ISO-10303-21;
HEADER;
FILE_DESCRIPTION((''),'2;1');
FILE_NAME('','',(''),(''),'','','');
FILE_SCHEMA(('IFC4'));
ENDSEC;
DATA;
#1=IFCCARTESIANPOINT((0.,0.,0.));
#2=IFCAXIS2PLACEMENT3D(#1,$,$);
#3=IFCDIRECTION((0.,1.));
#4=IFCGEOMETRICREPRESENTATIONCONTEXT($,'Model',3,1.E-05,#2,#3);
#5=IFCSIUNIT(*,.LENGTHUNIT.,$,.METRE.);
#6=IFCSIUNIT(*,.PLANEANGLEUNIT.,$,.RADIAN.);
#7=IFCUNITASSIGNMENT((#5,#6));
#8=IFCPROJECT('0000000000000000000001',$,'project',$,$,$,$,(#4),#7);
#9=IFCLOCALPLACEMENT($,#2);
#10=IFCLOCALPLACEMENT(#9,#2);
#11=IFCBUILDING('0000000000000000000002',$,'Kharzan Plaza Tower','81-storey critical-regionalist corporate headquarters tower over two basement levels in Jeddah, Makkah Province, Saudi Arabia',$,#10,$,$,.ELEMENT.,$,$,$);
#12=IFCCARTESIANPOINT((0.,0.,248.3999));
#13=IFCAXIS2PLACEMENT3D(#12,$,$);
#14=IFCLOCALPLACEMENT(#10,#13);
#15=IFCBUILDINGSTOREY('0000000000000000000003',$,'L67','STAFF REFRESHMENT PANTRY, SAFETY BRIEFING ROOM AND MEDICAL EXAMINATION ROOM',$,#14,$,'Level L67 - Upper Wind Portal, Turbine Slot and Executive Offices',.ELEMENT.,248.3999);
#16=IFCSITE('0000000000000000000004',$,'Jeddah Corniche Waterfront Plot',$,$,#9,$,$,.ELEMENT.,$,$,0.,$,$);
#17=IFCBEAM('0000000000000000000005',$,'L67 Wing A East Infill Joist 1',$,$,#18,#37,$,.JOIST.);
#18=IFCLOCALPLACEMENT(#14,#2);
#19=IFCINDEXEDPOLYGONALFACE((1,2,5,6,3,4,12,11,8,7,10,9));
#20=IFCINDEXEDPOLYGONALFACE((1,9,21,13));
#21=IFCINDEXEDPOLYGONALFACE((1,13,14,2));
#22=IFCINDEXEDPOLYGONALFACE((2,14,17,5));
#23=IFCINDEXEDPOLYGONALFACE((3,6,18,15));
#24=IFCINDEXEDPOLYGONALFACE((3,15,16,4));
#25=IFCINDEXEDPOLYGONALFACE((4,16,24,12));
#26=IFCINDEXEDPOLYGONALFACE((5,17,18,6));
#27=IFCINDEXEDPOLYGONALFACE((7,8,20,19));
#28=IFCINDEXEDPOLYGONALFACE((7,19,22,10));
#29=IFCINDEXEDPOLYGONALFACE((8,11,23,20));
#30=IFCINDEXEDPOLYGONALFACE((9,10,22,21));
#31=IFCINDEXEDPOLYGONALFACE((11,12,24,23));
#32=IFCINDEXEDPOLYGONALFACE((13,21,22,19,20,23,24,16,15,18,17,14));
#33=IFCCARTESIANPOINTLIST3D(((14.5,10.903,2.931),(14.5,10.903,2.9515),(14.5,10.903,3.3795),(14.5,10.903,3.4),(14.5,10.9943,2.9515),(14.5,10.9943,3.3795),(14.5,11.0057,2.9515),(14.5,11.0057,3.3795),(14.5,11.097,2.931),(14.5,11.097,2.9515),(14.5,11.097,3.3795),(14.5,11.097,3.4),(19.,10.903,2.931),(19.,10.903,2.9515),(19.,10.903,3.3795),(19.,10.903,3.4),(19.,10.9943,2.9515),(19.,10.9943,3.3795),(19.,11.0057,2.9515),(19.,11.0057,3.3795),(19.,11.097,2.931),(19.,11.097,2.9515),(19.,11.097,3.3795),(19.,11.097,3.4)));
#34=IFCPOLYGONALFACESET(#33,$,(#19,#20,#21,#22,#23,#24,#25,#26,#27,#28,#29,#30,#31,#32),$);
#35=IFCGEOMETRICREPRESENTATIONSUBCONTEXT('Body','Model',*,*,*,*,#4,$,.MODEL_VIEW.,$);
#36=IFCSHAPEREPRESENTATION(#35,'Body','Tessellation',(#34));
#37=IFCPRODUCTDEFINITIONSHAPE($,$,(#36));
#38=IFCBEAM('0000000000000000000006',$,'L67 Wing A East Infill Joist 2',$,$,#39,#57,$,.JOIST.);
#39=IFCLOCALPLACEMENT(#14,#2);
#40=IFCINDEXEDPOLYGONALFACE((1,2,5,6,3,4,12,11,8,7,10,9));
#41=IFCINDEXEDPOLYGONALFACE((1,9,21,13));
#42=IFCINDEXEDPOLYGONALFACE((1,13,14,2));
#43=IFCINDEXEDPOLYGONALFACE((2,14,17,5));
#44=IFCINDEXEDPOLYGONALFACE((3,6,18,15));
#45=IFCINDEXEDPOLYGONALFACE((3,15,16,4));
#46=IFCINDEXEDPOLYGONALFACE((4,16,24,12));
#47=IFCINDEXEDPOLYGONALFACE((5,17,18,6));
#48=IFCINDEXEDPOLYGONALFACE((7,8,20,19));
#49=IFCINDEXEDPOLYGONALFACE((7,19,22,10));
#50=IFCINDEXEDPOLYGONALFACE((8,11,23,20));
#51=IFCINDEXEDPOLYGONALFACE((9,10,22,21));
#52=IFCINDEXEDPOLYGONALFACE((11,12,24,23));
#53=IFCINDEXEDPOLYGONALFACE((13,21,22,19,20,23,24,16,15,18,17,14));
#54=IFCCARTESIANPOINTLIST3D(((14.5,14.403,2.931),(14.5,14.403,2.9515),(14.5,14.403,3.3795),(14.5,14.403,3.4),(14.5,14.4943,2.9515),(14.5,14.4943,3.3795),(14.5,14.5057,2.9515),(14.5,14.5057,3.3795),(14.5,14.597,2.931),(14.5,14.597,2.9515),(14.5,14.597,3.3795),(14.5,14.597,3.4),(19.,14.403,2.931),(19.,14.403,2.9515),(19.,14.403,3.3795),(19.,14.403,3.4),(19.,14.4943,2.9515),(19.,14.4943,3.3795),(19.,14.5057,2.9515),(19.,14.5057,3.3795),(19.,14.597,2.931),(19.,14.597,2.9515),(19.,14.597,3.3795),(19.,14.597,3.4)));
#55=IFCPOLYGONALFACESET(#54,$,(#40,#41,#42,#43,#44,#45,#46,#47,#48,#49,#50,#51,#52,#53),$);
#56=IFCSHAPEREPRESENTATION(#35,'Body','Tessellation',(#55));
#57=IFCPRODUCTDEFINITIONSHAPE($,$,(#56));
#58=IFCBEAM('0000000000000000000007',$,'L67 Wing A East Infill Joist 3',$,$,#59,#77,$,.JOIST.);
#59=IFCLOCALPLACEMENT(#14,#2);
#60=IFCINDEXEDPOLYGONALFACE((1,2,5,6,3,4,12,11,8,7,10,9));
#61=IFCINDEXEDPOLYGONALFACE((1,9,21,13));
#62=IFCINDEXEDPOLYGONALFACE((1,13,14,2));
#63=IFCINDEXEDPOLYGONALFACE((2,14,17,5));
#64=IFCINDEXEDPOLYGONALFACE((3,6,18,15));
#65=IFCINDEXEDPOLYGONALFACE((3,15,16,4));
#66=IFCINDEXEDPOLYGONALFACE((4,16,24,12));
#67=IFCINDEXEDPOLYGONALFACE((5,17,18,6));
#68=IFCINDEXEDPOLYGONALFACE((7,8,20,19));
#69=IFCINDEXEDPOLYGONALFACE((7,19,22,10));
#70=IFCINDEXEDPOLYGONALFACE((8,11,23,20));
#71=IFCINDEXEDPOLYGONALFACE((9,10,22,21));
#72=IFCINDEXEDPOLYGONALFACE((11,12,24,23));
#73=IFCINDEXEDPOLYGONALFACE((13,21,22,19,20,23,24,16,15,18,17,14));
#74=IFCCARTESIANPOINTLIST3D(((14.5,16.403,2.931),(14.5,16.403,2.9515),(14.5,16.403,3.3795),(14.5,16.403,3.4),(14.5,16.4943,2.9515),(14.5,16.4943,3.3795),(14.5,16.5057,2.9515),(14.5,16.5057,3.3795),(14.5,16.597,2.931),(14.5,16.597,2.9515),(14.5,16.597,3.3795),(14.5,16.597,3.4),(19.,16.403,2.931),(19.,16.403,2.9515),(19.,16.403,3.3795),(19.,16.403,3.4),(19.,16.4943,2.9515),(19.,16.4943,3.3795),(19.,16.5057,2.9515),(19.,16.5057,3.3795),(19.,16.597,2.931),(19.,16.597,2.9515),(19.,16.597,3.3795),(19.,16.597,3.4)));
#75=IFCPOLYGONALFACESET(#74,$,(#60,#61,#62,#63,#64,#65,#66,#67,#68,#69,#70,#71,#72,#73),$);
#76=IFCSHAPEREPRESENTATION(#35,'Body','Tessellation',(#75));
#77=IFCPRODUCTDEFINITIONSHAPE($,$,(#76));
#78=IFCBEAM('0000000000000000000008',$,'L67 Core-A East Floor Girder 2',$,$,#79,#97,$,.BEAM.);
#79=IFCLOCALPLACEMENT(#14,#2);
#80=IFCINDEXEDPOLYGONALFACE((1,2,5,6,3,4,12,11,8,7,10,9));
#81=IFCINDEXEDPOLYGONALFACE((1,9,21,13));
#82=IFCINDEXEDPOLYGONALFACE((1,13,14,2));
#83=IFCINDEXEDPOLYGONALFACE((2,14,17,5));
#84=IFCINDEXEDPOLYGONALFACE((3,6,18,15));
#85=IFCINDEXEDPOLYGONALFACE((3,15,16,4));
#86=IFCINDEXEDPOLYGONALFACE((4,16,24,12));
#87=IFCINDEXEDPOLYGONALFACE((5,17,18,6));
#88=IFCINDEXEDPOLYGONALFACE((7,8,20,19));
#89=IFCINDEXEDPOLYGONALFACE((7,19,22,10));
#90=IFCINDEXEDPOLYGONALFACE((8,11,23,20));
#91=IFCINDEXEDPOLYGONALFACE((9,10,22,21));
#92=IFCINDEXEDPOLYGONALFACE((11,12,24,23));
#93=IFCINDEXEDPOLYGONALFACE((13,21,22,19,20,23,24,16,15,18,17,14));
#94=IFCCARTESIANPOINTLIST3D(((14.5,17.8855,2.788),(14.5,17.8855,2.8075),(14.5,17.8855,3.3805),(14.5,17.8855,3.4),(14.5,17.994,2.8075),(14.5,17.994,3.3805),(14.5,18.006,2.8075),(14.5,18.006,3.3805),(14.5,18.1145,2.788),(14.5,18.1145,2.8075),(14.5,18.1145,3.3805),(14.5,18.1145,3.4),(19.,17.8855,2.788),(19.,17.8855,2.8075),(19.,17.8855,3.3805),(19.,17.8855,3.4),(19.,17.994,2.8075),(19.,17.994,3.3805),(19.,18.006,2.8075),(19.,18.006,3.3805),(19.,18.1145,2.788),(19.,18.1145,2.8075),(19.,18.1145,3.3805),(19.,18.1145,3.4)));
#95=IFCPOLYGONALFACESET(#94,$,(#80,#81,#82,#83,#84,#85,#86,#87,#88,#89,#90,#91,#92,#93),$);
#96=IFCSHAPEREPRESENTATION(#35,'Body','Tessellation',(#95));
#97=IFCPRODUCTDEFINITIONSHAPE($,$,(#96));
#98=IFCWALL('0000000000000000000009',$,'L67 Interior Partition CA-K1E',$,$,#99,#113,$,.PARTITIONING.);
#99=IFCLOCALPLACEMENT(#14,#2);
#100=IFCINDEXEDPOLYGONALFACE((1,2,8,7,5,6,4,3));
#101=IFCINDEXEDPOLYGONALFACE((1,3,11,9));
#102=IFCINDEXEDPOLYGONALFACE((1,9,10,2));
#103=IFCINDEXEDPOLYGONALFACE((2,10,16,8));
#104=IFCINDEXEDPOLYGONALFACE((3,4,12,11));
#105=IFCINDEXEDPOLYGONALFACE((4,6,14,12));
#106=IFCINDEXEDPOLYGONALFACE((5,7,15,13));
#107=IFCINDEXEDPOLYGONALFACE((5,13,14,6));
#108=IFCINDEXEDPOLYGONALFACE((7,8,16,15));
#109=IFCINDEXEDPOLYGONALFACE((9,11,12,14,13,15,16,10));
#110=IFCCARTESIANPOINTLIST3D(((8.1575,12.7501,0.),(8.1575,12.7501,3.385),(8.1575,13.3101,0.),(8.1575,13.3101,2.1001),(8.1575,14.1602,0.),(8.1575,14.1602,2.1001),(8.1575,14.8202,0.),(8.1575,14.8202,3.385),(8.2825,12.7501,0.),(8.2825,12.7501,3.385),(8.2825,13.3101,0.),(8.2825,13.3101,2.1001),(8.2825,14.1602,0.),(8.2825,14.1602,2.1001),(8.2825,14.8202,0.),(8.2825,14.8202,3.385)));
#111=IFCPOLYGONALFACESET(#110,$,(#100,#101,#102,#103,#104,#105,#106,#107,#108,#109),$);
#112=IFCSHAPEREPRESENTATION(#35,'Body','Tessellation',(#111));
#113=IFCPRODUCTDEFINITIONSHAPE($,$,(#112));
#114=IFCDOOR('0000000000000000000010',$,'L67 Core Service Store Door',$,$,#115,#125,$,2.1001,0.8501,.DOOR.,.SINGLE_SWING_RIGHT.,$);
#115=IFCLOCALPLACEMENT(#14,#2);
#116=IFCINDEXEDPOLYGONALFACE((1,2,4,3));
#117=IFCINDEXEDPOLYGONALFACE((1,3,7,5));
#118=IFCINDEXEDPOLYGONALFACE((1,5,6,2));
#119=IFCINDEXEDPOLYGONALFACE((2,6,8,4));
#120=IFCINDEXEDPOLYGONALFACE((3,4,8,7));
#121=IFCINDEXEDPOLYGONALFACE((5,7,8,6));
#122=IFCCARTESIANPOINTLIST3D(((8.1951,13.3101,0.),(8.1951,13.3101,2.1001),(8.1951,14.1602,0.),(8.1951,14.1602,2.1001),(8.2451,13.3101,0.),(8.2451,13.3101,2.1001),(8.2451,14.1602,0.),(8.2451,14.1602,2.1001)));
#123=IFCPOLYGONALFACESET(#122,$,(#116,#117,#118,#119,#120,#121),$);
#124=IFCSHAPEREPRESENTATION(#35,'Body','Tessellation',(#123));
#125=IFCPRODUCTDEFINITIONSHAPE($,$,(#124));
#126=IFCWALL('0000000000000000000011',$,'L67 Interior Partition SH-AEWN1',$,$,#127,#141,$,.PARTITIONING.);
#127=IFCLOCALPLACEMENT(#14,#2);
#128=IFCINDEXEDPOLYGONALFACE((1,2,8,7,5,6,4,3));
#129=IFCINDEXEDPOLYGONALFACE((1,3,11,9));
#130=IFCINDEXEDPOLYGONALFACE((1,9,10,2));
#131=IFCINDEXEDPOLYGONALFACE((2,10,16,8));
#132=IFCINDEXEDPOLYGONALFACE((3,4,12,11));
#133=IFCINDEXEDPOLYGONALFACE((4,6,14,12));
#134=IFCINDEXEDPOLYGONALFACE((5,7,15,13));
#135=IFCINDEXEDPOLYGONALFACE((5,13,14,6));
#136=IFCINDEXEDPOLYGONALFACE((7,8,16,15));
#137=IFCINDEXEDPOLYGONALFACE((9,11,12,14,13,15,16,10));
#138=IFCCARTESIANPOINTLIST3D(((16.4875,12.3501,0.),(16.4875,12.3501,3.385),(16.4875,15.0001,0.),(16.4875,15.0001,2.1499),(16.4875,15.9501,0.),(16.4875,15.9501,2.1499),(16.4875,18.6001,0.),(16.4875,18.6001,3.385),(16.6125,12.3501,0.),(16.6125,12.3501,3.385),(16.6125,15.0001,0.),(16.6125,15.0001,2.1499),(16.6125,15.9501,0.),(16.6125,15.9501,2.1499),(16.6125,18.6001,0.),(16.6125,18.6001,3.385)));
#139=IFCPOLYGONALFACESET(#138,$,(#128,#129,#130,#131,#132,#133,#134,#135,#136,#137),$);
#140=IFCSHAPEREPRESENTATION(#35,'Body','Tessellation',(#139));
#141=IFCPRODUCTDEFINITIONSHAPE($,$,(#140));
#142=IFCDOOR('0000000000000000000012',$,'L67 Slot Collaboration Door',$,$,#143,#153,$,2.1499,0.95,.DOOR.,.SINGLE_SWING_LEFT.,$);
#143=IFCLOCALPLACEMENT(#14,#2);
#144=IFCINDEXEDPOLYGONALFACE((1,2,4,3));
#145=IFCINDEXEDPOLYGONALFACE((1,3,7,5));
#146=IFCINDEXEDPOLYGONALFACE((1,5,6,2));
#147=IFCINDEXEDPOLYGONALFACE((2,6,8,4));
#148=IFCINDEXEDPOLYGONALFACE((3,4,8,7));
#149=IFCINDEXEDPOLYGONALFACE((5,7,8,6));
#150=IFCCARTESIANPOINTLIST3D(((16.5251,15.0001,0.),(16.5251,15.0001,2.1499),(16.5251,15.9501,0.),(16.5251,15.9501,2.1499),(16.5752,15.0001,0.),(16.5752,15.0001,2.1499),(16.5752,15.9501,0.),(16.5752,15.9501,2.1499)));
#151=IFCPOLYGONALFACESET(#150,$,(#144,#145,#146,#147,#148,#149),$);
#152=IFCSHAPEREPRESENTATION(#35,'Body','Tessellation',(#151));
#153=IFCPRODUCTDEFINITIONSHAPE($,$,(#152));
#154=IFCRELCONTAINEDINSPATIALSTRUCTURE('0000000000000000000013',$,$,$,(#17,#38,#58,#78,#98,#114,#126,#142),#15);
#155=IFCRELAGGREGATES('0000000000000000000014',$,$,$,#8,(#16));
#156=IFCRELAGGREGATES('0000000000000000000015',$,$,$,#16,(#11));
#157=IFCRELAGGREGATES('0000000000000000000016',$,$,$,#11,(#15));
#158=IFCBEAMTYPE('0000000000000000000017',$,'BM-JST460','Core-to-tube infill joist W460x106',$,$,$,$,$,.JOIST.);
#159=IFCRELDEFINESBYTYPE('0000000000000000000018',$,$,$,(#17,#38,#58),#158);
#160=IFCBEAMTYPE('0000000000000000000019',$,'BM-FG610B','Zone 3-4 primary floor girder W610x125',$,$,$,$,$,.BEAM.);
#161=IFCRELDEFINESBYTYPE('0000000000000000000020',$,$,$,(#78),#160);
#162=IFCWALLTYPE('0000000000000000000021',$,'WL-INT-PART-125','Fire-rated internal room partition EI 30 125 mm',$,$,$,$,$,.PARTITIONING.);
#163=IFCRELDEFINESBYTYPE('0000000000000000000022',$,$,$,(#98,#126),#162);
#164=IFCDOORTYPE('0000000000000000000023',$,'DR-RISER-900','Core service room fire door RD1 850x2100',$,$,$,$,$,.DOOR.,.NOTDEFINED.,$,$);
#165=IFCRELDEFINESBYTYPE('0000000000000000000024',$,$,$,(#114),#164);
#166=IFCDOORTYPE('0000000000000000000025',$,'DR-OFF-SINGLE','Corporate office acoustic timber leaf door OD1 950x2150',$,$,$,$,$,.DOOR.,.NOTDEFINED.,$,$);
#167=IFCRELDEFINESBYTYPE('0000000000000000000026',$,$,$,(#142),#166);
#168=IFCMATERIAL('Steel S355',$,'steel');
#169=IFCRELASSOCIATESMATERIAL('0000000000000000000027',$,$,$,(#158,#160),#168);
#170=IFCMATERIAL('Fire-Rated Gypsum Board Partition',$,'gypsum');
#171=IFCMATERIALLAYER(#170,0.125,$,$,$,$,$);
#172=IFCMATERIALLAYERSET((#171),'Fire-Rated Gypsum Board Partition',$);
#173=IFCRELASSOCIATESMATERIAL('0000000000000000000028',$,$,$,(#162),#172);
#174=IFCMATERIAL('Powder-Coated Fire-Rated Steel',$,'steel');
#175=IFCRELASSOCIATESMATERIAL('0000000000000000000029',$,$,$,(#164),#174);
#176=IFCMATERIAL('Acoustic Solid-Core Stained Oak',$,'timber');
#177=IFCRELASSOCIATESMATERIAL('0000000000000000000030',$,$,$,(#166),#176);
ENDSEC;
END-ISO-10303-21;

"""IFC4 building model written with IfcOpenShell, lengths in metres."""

from ifc_helpers import new_model, si_unit, direction, frame, frame_2d, origin, origin_2d, place, context, subcontext, project, spatial, rectangle, i_section, extrude, source, transform, mapped, material, layer, layer_set, material_profile, profile_set, type_object, element, fill, save


model = new_model("IFC4")

# Units and contexts
model_context = context("Model", 3, precision=1e-05, world=origin(), true_north=direction((0.0, 1.0)))
body_context = subcontext(model_context, "Body", "Model", "MODEL_VIEW")
ifc_project = project(units=[si_unit("LENGTHUNIT", "METRE"), si_unit("PLANEANGLEUNIT", "RADIAN")], contexts=[model_context])

# Site, building, storey
site_placement = place(None, origin())
site = spatial("IfcSite", under=ifc_project, at=site_placement, Name="Jeddah Corniche Waterfront Plot", CompositionType="ELEMENT", RefElevation=0.0)
building_placement = place(site_placement, origin())
building = spatial("IfcBuilding", under=site, at=building_placement, Name="Kharzan Plaza Tower", Description="81-storey critical-regionalist corporate headquarters tower over two basement levels in Jeddah, Makkah Province, Saudi Arabia", CompositionType="ELEMENT")
storey_placement = place(building_placement, frame((0.0, 0.0, 248.3999)))
storey = spatial("IfcBuildingStorey", under=building, at=storey_placement, Name="L67", Description="STAFF REFRESHMENT PANTRY, SAFETY BRIEFING ROOM AND MEDICAL EXAMINATION ROOM", LongName="Level L67 - Upper Wind Portal, Turbine Slot and Executive Offices", CompositionType="ELEMENT", Elevation=248.3999)

# Beams
ifc_material_1 = material(Name="Steel S355", Category="steel")
ifc_material_profile_1 = material_profile(ifc_material_1, i_section(OverallWidth=0.1941, OverallDepth=0.469, WebThickness=0.0115, FlangeThickness=0.0205, at=origin_2d()), Name="W460x106")
ifc_profile_set_1 = profile_set([ifc_material_profile_1], Name="Steel S355")
beam_type_1 = type_object("IfcBeamType", Name="BM-JST460", Description="Core-to-tube infill joist W460x106", PredefinedType="JOIST", material=ifc_profile_set_1)
shared_shape_1 = source(origin(), body_context, "Body", "SweptSolid", [
    extrude(i_section(OverallWidth=0.1941, OverallDepth=0.469, WebThickness=0.0115, FlangeThickness=0.0205, at=origin_2d()), origin(), (0.0, 0.0, 1.0), 4.5),
])
for number, where, z_axis, x_axis, name in (
    (1, (14.5, 11.0, 3.1655), (1.0, 0.0, 0.0), (0.0, 1.0, 0.0), "L67 Wing A East Infill Joist 1"),
    (2, (14.5, 14.5, 3.1655), (1.0, 0.0, 0.0), (0.0, 1.0, 0.0), "L67 Wing A East Infill Joist 2"),
    (3, (14.5, 16.5, 3.1655), (1.0, 0.0, 0.0), (0.0, 1.0, 0.0), "L67 Wing A East Infill Joist 3"),
):
    element("IfcBeam", number, at=place(storey_placement, frame(where, z_axis=z_axis, x_axis=x_axis)), inside=storey, type_object=beam_type_1, Name=name, PredefinedType="JOIST", context=body_context, shape_type="MappedRepresentation", body=[
        mapped(shared_shape_1, transform((0.0, 0.0, 0.0), x_axis=(1.0, 0.0, 0.0), y_axis=(0.0, 1.0, 0.0), z_axis=(0.0, 0.0, 1.0))),
    ])
ifc_material_profile_2 = material_profile(ifc_material_1, i_section(OverallWidth=0.229, OverallDepth=0.6121, WebThickness=0.012, FlangeThickness=0.0195, at=origin_2d()), Name="W610x125")
ifc_profile_set_2 = profile_set([ifc_material_profile_2], Name="Steel S355")
beam_type_2 = type_object("IfcBeamType", Name="BM-FG610B", Description="Zone 3-4 primary floor girder W610x125", PredefinedType="BEAM", material=ifc_profile_set_2)
shared_shape_2 = source(origin(), body_context, "Body", "SweptSolid", [
    extrude(i_section(OverallWidth=0.229, OverallDepth=0.6121, WebThickness=0.012, FlangeThickness=0.0195, at=origin_2d()), origin(), (0.0, 0.0, 1.0), 4.5),
])
beam_placement = place(storey_placement, frame((14.5, 18.0, 3.094), z_axis=(1.0, 0.0, 0.0), x_axis=(0.0, 1.0, 0.0)))
element("IfcBeam", 4, at=beam_placement, inside=storey, type_object=beam_type_2, Name="L67 Core-A East Floor Girder 2", PredefinedType="BEAM", context=body_context, shape_type="MappedRepresentation", body=[
    mapped(shared_shape_2, transform((0.0, 0.0, 0.0), x_axis=(1.0, 0.0, 0.0), y_axis=(0.0, 1.0, 0.0), z_axis=(0.0, 0.0, 1.0))),
])

# Walls, openings, doors
ifc_material_2 = material(Name="Fire-Rated Gypsum Board Partition", Category="gypsum")
ifc_layer_1 = layer(ifc_material_2, 0.125)
ifc_layer_set_1 = layer_set([ifc_layer_1], Name="Fire-Rated Gypsum Board Partition")
wall_type_1 = type_object("IfcWallType", Name="WL-INT-PART-125", Description="Fire-rated internal room partition EI 30 125 mm", PredefinedType="PARTITIONING", material=ifc_layer_set_1)
wall_1_placement = place(storey_placement, frame((8.22, 12.75, 0.0), z_axis=(0.0, 0.0, 1.0), x_axis=(0.0, 1.0, 0.0)))
wall_1 = element("IfcWall", 5, at=wall_1_placement, inside=storey, type_object=wall_type_1, Name="L67 Interior Partition CA-K1E", PredefinedType="PARTITIONING", context=body_context, shape_type="SweptSolid", body=[
    extrude(rectangle(XDim=2.0701, YDim=0.125, at=frame_2d((1.0352, 0.0))), origin(), (0.0, 0.0, 1.0), 3.385),
])
opening_1_placement = place(wall_1_placement, frame((0.5601, 0.0, 0.0)))
opening_1 = element("IfcOpeningElement", 6, at=opening_1_placement, cuts=wall_1, PredefinedType="OPENING", context=body_context, shape_type="SweptSolid", body=[
    extrude(rectangle(XDim=0.8501, YDim=2.1001, at=frame_2d((0.425, 1.05))), frame((0.0, 0.0725, 0.0), z_axis=(0.0, -1.0, 0.0), x_axis=(1.0, 0.0, 0.0)), (0.0, 0.0, 1.0), 0.145),
])
ifc_material_3 = material(Name="Powder-Coated Fire-Rated Steel", Category="steel")
door_type_1 = type_object("IfcDoorType", Name="DR-RISER-900", Description="Core service room fire door RD1 850x2100", OperationType="NOTDEFINED", PredefinedType="DOOR", material=ifc_material_3)
shared_shape_3 = source(origin(), body_context, "Body", "SweptSolid", [
    extrude(rectangle(XDim=0.8501, YDim=2.1001, at=frame_2d((0.425, 1.05))), frame((0.0, 0.0249, 0.0), z_axis=(0.0, -1.0, 0.0), x_axis=(1.0, 0.0, 0.0)), (0.0, 0.0, 1.0), 0.05),
])
door_1_placement = place(opening_1_placement, origin())
door_1 = element("IfcDoor", 7, at=door_1_placement, inside=storey, type_object=door_type_1, Name="L67 Core Service Store Door", OperationType="SINGLE_SWING_RIGHT", OverallHeight=2.1001, OverallWidth=0.8501, PredefinedType="DOOR", context=body_context, shape_type="MappedRepresentation", body=[
    mapped(shared_shape_3, transform((0.0, 0.0, 0.0), x_axis=(1.0, 0.0, 0.0), y_axis=(0.0, 1.0, 0.0), z_axis=(0.0, 0.0, 1.0))),
])
fill(opening_1, door_1)
wall_2_placement = place(storey_placement, frame((16.55, 12.3501, 0.0), z_axis=(0.0, 0.0, 1.0), x_axis=(0.0, 1.0, 0.0)))
wall_2 = element("IfcWall", 8, at=wall_2_placement, inside=storey, type_object=wall_type_1, Name="L67 Interior Partition SH-AEWN1", PredefinedType="PARTITIONING", context=body_context, shape_type="SweptSolid", body=[
    extrude(rectangle(XDim=6.25, YDim=0.125, at=frame_2d((3.125, 0.0))), origin(), (0.0, 0.0, 1.0), 3.385),
])
opening_2_placement = place(wall_2_placement, frame((2.6499, 0.0, 0.0)))
opening_2 = element("IfcOpeningElement", 9, at=opening_2_placement, cuts=wall_2, PredefinedType="OPENING", context=body_context, shape_type="SweptSolid", body=[
    extrude(rectangle(XDim=0.95, YDim=2.1499, at=frame_2d((0.4751, 1.075))), frame((0.0, 0.0725, 0.0), z_axis=(0.0, -1.0, 0.0), x_axis=(1.0, 0.0, 0.0)), (0.0, 0.0, 1.0), 0.145),
])
ifc_material_4 = material(Name="Acoustic Solid-Core Stained Oak", Category="timber")
door_type_2 = type_object("IfcDoorType", Name="DR-OFF-SINGLE", Description="Corporate office acoustic timber leaf door OD1 950x2150", OperationType="NOTDEFINED", PredefinedType="DOOR", material=ifc_material_4)
shared_shape_4 = source(origin(), body_context, "Body", "SweptSolid", [
    extrude(rectangle(XDim=0.95, YDim=2.1499, at=frame_2d((0.4751, 1.075))), frame((0.0, 0.0249, 0.0), z_axis=(0.0, -1.0, 0.0), x_axis=(1.0, 0.0, 0.0)), (0.0, 0.0, 1.0), 0.05),
])
door_2_placement = place(opening_2_placement, origin())
door_2 = element("IfcDoor", 10, at=door_2_placement, inside=storey, type_object=door_type_2, Name="L67 Slot Collaboration Door", OperationType="SINGLE_SWING_LEFT", OverallHeight=2.1499, OverallWidth=0.95, PredefinedType="DOOR", context=body_context, shape_type="MappedRepresentation", body=[
    mapped(shared_shape_4, transform((0.0, 0.0, 0.0), x_axis=(1.0, 0.0, 0.0), y_axis=(0.0, 1.0, 0.0), z_axis=(0.0, 0.0, 1.0))),
])
fill(opening_2, door_2)

save(model, "model.ifc")
